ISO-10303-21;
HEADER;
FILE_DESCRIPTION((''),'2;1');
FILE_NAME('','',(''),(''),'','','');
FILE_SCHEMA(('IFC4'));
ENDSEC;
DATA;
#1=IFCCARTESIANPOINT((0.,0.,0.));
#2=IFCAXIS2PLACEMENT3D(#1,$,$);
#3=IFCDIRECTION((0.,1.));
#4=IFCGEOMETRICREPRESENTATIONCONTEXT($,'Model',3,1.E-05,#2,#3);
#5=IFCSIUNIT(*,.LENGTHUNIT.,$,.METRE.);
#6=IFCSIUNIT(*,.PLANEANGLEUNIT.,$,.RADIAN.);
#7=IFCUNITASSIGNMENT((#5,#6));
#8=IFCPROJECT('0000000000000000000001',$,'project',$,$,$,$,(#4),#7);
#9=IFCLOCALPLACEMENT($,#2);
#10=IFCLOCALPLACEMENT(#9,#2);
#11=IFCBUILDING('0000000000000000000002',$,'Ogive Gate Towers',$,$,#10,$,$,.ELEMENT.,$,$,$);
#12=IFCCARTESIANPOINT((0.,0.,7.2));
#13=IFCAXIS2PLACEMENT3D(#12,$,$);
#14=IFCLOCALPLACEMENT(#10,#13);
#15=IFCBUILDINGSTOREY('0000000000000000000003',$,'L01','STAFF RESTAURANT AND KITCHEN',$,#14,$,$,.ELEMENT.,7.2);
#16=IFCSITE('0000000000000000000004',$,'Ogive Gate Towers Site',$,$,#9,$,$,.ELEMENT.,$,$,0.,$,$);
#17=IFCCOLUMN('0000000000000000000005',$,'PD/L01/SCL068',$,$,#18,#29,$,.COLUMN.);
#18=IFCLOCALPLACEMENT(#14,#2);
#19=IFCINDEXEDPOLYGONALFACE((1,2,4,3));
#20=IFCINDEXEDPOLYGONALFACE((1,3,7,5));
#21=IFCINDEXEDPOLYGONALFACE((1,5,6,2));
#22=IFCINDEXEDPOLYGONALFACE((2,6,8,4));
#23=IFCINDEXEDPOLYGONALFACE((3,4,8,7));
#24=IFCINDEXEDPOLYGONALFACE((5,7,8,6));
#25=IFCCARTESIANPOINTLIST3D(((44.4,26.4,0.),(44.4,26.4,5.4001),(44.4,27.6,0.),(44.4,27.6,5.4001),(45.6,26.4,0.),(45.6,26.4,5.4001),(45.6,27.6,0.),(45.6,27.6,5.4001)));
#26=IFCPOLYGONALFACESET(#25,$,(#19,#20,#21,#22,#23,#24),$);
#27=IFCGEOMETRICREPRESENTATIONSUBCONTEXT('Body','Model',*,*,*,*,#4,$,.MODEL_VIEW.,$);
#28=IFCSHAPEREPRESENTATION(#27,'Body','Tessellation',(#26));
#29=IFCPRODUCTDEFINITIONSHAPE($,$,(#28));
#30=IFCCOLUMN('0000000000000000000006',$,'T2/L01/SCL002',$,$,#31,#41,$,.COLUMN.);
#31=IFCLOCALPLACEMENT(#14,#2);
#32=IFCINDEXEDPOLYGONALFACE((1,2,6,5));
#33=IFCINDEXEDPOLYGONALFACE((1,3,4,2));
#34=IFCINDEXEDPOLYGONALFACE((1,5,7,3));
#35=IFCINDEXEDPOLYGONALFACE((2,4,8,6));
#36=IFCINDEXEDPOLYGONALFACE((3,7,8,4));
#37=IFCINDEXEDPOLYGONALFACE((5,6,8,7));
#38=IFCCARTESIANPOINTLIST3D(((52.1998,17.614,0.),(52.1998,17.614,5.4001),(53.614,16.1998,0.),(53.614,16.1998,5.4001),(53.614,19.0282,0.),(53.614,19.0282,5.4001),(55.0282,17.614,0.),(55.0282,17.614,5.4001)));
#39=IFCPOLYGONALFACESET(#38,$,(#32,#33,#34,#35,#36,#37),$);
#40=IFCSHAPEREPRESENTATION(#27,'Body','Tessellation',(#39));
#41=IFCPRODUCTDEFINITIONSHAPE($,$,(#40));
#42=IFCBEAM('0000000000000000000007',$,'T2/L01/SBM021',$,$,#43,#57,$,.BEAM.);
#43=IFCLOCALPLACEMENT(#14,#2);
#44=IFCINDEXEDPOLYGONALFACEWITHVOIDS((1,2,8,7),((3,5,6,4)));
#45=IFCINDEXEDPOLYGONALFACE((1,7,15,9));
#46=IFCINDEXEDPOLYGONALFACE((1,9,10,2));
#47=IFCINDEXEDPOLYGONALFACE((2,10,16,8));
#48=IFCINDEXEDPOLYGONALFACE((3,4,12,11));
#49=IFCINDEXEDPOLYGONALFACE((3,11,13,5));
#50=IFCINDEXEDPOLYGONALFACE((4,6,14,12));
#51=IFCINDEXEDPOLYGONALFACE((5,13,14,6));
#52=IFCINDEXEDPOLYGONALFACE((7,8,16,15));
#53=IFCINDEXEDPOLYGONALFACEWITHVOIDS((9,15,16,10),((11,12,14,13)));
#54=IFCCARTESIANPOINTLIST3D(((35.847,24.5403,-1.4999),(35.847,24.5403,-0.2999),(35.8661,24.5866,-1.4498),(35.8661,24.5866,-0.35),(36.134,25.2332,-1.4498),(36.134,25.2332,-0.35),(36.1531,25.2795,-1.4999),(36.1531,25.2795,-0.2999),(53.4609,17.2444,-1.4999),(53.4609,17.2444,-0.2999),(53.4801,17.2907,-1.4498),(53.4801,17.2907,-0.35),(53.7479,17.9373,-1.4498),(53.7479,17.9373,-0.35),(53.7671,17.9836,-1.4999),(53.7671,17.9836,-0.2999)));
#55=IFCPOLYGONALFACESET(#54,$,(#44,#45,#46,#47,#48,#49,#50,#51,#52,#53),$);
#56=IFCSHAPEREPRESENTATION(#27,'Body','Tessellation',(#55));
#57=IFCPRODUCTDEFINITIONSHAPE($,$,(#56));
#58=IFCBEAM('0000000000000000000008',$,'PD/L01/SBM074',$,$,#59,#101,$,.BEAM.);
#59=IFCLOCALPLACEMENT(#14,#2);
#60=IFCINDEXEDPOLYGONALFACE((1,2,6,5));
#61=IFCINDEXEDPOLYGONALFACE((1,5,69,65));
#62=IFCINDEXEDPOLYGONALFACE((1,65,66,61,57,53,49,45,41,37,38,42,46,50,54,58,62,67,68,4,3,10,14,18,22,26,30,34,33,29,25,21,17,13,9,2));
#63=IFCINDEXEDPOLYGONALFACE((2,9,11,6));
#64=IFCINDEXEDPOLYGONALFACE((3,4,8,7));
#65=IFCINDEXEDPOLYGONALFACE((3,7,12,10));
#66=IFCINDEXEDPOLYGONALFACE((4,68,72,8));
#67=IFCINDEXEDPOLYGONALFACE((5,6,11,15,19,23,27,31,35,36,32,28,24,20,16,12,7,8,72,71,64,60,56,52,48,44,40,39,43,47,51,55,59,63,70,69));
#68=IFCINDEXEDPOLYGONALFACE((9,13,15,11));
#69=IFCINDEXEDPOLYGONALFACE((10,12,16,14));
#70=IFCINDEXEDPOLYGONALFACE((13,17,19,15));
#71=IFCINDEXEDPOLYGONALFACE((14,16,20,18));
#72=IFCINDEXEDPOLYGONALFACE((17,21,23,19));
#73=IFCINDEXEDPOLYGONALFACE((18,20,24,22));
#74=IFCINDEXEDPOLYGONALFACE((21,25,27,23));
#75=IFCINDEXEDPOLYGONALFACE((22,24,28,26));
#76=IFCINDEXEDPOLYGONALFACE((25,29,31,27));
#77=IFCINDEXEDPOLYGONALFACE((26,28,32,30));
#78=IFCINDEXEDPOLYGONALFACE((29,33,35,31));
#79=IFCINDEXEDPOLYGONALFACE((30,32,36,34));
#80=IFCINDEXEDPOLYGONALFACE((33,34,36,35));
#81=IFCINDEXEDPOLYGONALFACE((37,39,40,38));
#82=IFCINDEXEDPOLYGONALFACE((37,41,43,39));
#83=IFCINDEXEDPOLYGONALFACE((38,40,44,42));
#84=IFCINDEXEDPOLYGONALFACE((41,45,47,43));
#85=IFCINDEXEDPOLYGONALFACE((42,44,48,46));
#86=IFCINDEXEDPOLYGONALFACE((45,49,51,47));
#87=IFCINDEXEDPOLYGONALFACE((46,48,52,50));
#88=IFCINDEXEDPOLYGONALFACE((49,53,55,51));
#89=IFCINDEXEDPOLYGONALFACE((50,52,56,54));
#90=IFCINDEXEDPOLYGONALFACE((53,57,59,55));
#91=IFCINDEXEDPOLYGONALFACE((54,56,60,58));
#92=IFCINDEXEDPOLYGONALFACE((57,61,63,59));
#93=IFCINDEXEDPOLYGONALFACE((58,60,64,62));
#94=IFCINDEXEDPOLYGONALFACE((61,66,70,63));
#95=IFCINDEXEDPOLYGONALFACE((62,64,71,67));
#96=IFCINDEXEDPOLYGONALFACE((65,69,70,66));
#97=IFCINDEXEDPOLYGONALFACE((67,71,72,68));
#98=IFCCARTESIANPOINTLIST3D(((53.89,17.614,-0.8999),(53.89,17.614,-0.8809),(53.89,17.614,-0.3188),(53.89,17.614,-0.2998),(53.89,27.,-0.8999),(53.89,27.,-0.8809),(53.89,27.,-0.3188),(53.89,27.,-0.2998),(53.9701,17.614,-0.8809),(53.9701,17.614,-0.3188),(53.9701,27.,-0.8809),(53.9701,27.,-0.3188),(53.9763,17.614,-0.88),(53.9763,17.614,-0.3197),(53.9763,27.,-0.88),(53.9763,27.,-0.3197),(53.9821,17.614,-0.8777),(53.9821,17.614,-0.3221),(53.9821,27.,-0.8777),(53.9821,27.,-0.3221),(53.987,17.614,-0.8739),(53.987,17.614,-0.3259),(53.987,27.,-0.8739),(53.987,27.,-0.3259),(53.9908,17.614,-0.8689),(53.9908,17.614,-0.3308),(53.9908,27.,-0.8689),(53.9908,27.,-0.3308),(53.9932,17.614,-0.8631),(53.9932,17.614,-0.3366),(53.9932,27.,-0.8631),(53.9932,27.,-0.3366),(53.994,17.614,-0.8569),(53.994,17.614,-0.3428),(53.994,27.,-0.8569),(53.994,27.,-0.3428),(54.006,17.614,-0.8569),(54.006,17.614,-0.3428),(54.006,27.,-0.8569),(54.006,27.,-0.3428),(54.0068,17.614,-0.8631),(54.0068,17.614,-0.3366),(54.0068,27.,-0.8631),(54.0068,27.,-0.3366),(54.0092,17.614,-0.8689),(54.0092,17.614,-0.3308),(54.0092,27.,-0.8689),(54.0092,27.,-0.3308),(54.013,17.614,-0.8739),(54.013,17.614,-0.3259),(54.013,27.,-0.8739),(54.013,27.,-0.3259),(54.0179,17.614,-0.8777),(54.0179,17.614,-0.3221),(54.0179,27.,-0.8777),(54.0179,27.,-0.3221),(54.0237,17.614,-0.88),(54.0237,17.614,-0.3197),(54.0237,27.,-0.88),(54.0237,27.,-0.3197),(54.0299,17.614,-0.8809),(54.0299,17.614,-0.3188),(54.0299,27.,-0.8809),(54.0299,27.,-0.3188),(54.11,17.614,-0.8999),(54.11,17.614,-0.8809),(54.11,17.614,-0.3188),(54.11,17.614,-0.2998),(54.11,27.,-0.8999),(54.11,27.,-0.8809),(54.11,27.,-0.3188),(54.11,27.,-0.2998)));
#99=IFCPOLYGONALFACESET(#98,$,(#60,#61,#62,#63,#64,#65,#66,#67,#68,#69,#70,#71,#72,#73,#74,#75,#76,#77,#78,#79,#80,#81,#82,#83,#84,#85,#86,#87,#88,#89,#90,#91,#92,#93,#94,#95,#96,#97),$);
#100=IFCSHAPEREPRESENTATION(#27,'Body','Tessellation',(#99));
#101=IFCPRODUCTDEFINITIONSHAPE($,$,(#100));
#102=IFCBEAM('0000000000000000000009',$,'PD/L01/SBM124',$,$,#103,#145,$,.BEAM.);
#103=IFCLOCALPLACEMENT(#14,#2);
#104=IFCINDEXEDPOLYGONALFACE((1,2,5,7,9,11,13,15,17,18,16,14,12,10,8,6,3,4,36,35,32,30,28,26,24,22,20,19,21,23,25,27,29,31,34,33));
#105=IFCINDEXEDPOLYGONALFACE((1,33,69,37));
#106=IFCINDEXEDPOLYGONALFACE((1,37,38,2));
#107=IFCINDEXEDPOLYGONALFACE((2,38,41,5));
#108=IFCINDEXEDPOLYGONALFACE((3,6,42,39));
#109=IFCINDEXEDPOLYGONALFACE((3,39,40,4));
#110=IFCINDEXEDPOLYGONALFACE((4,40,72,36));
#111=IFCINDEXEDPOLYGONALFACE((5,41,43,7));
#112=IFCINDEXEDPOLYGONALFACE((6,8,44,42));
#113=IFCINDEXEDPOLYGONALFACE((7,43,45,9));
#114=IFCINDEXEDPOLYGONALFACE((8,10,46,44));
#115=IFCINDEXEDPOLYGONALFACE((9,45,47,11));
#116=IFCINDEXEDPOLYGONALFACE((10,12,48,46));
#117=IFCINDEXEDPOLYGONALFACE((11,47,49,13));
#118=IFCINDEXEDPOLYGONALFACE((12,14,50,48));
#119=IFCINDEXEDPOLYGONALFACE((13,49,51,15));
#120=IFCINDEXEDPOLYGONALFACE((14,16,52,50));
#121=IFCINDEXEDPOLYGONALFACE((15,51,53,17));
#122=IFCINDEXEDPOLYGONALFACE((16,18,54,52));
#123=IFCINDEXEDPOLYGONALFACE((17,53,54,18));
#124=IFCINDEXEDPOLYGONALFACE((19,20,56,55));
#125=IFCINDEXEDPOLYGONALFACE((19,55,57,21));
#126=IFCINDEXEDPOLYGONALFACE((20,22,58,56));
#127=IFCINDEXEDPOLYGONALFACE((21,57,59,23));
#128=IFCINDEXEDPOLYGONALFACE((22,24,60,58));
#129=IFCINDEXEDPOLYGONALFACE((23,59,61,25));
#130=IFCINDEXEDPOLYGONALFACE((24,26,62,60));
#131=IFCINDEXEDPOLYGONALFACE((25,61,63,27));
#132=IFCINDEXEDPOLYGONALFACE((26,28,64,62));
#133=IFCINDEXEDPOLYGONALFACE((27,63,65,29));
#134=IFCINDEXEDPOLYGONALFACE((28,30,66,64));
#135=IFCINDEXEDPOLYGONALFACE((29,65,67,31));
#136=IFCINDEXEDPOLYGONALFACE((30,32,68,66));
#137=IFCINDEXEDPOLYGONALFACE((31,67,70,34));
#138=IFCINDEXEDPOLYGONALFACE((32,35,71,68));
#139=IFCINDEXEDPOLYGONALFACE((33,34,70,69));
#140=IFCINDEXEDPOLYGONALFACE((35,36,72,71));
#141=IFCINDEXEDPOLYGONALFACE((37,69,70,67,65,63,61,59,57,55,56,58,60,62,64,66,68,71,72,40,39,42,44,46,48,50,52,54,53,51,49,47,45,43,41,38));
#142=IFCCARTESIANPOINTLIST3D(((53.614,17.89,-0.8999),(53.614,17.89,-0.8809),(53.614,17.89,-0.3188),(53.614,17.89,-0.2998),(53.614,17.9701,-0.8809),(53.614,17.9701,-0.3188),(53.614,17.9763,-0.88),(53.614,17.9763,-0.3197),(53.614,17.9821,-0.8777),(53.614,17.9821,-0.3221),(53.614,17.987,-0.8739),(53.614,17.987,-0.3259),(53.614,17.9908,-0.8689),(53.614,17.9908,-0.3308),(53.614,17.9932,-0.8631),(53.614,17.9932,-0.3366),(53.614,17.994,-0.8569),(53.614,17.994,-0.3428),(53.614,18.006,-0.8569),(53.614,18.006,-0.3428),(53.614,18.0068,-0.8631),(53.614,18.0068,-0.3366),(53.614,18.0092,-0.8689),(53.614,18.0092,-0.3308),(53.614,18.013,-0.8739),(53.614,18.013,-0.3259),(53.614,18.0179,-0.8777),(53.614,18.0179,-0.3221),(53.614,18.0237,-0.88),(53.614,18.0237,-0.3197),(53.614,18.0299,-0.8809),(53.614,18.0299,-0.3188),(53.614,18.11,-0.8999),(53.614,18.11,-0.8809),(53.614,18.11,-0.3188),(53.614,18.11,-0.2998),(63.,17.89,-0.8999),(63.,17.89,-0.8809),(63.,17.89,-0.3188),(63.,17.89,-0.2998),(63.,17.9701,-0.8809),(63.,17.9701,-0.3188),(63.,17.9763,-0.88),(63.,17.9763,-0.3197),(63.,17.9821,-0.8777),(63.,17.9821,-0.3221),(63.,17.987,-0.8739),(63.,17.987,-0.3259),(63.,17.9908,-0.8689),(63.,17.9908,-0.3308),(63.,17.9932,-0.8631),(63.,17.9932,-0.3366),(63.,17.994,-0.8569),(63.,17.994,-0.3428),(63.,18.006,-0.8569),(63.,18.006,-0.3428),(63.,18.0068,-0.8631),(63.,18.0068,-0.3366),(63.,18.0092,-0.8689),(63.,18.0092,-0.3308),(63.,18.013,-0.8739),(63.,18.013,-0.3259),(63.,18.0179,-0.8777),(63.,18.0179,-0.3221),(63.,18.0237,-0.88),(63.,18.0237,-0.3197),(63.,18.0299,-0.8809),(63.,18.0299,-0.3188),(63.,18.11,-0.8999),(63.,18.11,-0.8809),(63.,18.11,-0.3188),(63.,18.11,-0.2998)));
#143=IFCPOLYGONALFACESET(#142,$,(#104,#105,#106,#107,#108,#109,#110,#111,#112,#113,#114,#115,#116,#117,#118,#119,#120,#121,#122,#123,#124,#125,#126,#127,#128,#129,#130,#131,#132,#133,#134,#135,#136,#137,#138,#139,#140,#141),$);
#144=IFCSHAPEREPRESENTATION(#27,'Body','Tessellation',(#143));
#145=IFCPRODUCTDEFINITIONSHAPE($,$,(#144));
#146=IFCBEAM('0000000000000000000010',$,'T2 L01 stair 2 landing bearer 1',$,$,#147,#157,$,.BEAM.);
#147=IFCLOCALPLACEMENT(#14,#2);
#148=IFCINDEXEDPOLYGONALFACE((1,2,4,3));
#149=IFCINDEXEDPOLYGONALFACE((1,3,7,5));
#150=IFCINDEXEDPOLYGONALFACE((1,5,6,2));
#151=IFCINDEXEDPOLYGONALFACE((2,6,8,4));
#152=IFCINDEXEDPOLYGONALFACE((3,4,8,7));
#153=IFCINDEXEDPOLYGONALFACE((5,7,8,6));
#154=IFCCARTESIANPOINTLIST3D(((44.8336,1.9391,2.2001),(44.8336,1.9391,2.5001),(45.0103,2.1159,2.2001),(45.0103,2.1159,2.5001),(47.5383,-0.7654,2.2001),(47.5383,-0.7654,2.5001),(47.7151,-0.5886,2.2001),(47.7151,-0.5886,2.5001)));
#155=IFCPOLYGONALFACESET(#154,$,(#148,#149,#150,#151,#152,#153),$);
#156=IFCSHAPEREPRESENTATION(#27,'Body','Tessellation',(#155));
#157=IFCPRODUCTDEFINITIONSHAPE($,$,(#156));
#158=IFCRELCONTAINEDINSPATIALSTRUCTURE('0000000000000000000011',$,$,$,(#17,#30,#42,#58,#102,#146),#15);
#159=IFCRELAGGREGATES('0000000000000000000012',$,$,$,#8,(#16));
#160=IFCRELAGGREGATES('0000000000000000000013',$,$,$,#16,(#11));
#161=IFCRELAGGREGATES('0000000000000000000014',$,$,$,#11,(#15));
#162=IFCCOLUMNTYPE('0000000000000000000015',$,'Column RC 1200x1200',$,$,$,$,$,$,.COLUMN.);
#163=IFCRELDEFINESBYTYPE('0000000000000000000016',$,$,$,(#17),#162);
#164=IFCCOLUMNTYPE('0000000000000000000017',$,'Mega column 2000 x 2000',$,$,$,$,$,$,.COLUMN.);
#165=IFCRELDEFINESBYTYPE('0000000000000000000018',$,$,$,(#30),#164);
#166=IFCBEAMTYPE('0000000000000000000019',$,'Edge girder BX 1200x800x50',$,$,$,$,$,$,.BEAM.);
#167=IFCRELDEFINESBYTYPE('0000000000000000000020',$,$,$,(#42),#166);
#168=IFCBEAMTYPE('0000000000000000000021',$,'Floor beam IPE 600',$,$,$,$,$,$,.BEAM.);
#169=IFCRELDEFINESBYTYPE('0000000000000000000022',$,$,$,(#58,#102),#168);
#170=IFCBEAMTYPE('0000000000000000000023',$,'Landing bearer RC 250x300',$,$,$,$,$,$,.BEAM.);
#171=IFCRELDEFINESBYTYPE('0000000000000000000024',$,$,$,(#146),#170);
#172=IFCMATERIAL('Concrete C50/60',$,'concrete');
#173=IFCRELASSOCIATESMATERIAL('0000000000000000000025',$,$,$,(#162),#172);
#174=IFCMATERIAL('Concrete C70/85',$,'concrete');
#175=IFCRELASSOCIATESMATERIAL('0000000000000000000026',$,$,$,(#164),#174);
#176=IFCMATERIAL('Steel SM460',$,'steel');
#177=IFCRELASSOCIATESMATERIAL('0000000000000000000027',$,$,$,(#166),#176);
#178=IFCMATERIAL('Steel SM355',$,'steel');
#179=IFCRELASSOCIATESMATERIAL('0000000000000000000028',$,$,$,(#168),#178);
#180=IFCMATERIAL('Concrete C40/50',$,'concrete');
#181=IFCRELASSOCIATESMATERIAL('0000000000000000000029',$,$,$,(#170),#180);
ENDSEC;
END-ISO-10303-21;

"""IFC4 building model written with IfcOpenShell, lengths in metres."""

from ifc_helpers import new_model, si_unit, direction, frame, origin, origin_2d, place, context, subcontext, project, spatial, rectangle, hollow_rectangle, i_section, extrude, material, material_profile, profile_set, type_object, element, save


model = new_model("IFC4")

# Units and contexts
model_context = context("Model", 3, precision=1e-05, world=origin(), true_north=direction((0.0, 1.0)))
body_context = subcontext(model_context, "Body", "Model", "MODEL_VIEW")
ifc_project = project(units=[si_unit("LENGTHUNIT", "METRE"), si_unit("PLANEANGLEUNIT", "RADIAN")], contexts=[model_context])

# Site, building, storey
site_placement = place(None, origin())
site = spatial("IfcSite", under=ifc_project, at=site_placement, Name="Ogive Gate Towers Site", CompositionType="ELEMENT", RefElevation=0.0)
building_placement = place(site_placement, origin())
building = spatial("IfcBuilding", under=site, at=building_placement, Name="Ogive Gate Towers", CompositionType="ELEMENT")
storey_placement = place(building_placement, frame((0.0, 0.0, 7.2)))
storey = spatial("IfcBuildingStorey", under=building, at=storey_placement, Name="L01", Description="STAFF RESTAURANT AND KITCHEN", CompositionType="ELEMENT", Elevation=7.2)

# Columns
ifc_material_1 = material(Name="Concrete C50/60", Category="concrete")
ifc_material_profile_1 = material_profile(ifc_material_1, rectangle(XDim=1.2, YDim=1.2, at=origin_2d()), Name="RC 1200x1200")
ifc_profile_set_1 = profile_set([ifc_material_profile_1], Name="Concrete C50/60")
column_type_1 = type_object("IfcColumnType", Name="Column RC 1200x1200", PredefinedType="COLUMN", material=ifc_profile_set_1)
column_1_placement = place(storey_placement, frame((45.0, 27.0, 0.0), z_axis=(0.0, 0.0, 1.0), x_axis=(1.0, 0.0, 0.0)))
element("IfcColumn", 1, at=column_1_placement, inside=storey, type_object=column_type_1, Name="PD/L01/SCL068", PredefinedType="COLUMN", context=body_context, shape_type="SweptSolid", body=[
    extrude(rectangle(XDim=1.2, YDim=1.2, at=origin_2d()), origin(), (0.0, 0.0, 1.0), 5.4001),
])
ifc_material_2 = material(Name="Concrete C70/85", Category="concrete")
ifc_material_profile_2 = material_profile(ifc_material_2, rectangle(XDim=2.0, YDim=2.0, at=origin_2d()), Name="RC 2000x2000")
ifc_profile_set_2 = profile_set([ifc_material_profile_2], Name="Concrete C70/85")
column_type_2 = type_object("IfcColumnType", Name="Mega column 2000 x 2000", PredefinedType="COLUMN", material=ifc_profile_set_2)
column_2_placement = place(storey_placement, frame((53.614, 17.614, 0.0), z_axis=(0.0, 0.0, 1.0), x_axis=(0.707107, 0.707107, 0.0)))
element("IfcColumn", 2, at=column_2_placement, inside=storey, type_object=column_type_2, Name="T2/L01/SCL002", PredefinedType="COLUMN", context=body_context, shape_type="SweptSolid", body=[
    extrude(rectangle(XDim=2.0, YDim=2.0, at=origin_2d()), origin(), (0.0, 0.0, 1.0), 5.4001),
])

# Beams
ifc_material_3 = material(Name="Steel SM460", Category="steel")
ifc_material_profile_3 = material_profile(ifc_material_3, hollow_rectangle(XDim=0.8, YDim=1.2, WallThickness=0.05, at=origin_2d()), Name="BX 1200x800x50")
ifc_profile_set_3 = profile_set([ifc_material_profile_3], Name="Steel SM460")
beam_type_1 = type_object("IfcBeamType", Name="Edge girder BX 1200x800x50", PredefinedType="BEAM", material=ifc_profile_set_3)
beam_1_placement = place(storey_placement, frame((53.614, 17.614, -0.8999), z_axis=(-0.923881, 0.382681, 0.0), x_axis=(-0.382681, -0.923881, 0.0)))
element("IfcBeam", 3, at=beam_1_placement, inside=storey, type_object=beam_type_1, Name="T2/L01/SBM021", PredefinedType="BEAM", context=body_context, shape_type="SweptSolid", body=[
    extrude(hollow_rectangle(XDim=0.8, YDim=1.2, WallThickness=0.05, at=origin_2d()), origin(), (0.0, 0.0, 1.0), 19.0652),
])
ifc_material_4 = material(Name="Steel SM355", Category="steel")
ifc_material_profile_4 = material_profile(ifc_material_4, i_section(OverallWidth=0.22, OverallDepth=0.6001, WebThickness=0.012, FlangeThickness=0.019, FilletRadius=0.0239, at=origin_2d()), Name="IPE 600")
ifc_profile_set_4 = profile_set([ifc_material_profile_4], Name="Steel SM355")
beam_type_2 = type_object("IfcBeamType", Name="Floor beam IPE 600", PredefinedType="BEAM", material=ifc_profile_set_4)
for number, where, z_axis, x_axis, name in (
    (4, (54.0, 17.614, -0.5999), (0.0, 1.0, 0.0), (-1.0, 0.0, 0.0), "PD/L01/SBM074"),
    (5, (53.614, 18.0, -0.5999), (1.0, 0.0, 0.0), (0.0, 1.0, 0.0), "PD/L01/SBM124"),
):
    element("IfcBeam", number, at=place(storey_placement, frame(where, z_axis=z_axis, x_axis=x_axis)), inside=storey, type_object=beam_type_2, Name=name, PredefinedType="BEAM", context=body_context, shape_type="SweptSolid", body=[
        extrude(i_section(OverallWidth=0.22, OverallDepth=0.6001, WebThickness=0.012, FlangeThickness=0.019, FilletRadius=0.0239, at=origin_2d()), origin(), (0.0, 0.0, 1.0), 9.386),
    ])
ifc_material_5 = material(Name="Concrete C40/50", Category="concrete")
ifc_material_profile_5 = material_profile(ifc_material_5, rectangle(XDim=0.25, YDim=0.3, at=origin_2d()), Name="RC 250x300")
ifc_profile_set_5 = profile_set([ifc_material_profile_5], Name="Concrete C40/50")
beam_type_3 = type_object("IfcBeamType", Name="Landing bearer RC 250x300", PredefinedType="BEAM", material=ifc_profile_set_5)
beam_2_placement = place(storey_placement, frame((47.6267, -0.677, 2.3501), z_axis=(-0.707139, 0.707075, 0.0), x_axis=(-0.707075, -0.707139, 0.0)))
element("IfcBeam", 6, at=beam_2_placement, inside=storey, type_object=beam_type_3, Name="T2 L01 stair 2 landing bearer 1", PredefinedType="BEAM", context=body_context, shape_type="SweptSolid", body=[
    extrude(rectangle(XDim=0.25, YDim=0.3, at=origin_2d()), origin(), (0.0, 0.0, 1.0), 3.825),
])

save(model, "model.ifc")
